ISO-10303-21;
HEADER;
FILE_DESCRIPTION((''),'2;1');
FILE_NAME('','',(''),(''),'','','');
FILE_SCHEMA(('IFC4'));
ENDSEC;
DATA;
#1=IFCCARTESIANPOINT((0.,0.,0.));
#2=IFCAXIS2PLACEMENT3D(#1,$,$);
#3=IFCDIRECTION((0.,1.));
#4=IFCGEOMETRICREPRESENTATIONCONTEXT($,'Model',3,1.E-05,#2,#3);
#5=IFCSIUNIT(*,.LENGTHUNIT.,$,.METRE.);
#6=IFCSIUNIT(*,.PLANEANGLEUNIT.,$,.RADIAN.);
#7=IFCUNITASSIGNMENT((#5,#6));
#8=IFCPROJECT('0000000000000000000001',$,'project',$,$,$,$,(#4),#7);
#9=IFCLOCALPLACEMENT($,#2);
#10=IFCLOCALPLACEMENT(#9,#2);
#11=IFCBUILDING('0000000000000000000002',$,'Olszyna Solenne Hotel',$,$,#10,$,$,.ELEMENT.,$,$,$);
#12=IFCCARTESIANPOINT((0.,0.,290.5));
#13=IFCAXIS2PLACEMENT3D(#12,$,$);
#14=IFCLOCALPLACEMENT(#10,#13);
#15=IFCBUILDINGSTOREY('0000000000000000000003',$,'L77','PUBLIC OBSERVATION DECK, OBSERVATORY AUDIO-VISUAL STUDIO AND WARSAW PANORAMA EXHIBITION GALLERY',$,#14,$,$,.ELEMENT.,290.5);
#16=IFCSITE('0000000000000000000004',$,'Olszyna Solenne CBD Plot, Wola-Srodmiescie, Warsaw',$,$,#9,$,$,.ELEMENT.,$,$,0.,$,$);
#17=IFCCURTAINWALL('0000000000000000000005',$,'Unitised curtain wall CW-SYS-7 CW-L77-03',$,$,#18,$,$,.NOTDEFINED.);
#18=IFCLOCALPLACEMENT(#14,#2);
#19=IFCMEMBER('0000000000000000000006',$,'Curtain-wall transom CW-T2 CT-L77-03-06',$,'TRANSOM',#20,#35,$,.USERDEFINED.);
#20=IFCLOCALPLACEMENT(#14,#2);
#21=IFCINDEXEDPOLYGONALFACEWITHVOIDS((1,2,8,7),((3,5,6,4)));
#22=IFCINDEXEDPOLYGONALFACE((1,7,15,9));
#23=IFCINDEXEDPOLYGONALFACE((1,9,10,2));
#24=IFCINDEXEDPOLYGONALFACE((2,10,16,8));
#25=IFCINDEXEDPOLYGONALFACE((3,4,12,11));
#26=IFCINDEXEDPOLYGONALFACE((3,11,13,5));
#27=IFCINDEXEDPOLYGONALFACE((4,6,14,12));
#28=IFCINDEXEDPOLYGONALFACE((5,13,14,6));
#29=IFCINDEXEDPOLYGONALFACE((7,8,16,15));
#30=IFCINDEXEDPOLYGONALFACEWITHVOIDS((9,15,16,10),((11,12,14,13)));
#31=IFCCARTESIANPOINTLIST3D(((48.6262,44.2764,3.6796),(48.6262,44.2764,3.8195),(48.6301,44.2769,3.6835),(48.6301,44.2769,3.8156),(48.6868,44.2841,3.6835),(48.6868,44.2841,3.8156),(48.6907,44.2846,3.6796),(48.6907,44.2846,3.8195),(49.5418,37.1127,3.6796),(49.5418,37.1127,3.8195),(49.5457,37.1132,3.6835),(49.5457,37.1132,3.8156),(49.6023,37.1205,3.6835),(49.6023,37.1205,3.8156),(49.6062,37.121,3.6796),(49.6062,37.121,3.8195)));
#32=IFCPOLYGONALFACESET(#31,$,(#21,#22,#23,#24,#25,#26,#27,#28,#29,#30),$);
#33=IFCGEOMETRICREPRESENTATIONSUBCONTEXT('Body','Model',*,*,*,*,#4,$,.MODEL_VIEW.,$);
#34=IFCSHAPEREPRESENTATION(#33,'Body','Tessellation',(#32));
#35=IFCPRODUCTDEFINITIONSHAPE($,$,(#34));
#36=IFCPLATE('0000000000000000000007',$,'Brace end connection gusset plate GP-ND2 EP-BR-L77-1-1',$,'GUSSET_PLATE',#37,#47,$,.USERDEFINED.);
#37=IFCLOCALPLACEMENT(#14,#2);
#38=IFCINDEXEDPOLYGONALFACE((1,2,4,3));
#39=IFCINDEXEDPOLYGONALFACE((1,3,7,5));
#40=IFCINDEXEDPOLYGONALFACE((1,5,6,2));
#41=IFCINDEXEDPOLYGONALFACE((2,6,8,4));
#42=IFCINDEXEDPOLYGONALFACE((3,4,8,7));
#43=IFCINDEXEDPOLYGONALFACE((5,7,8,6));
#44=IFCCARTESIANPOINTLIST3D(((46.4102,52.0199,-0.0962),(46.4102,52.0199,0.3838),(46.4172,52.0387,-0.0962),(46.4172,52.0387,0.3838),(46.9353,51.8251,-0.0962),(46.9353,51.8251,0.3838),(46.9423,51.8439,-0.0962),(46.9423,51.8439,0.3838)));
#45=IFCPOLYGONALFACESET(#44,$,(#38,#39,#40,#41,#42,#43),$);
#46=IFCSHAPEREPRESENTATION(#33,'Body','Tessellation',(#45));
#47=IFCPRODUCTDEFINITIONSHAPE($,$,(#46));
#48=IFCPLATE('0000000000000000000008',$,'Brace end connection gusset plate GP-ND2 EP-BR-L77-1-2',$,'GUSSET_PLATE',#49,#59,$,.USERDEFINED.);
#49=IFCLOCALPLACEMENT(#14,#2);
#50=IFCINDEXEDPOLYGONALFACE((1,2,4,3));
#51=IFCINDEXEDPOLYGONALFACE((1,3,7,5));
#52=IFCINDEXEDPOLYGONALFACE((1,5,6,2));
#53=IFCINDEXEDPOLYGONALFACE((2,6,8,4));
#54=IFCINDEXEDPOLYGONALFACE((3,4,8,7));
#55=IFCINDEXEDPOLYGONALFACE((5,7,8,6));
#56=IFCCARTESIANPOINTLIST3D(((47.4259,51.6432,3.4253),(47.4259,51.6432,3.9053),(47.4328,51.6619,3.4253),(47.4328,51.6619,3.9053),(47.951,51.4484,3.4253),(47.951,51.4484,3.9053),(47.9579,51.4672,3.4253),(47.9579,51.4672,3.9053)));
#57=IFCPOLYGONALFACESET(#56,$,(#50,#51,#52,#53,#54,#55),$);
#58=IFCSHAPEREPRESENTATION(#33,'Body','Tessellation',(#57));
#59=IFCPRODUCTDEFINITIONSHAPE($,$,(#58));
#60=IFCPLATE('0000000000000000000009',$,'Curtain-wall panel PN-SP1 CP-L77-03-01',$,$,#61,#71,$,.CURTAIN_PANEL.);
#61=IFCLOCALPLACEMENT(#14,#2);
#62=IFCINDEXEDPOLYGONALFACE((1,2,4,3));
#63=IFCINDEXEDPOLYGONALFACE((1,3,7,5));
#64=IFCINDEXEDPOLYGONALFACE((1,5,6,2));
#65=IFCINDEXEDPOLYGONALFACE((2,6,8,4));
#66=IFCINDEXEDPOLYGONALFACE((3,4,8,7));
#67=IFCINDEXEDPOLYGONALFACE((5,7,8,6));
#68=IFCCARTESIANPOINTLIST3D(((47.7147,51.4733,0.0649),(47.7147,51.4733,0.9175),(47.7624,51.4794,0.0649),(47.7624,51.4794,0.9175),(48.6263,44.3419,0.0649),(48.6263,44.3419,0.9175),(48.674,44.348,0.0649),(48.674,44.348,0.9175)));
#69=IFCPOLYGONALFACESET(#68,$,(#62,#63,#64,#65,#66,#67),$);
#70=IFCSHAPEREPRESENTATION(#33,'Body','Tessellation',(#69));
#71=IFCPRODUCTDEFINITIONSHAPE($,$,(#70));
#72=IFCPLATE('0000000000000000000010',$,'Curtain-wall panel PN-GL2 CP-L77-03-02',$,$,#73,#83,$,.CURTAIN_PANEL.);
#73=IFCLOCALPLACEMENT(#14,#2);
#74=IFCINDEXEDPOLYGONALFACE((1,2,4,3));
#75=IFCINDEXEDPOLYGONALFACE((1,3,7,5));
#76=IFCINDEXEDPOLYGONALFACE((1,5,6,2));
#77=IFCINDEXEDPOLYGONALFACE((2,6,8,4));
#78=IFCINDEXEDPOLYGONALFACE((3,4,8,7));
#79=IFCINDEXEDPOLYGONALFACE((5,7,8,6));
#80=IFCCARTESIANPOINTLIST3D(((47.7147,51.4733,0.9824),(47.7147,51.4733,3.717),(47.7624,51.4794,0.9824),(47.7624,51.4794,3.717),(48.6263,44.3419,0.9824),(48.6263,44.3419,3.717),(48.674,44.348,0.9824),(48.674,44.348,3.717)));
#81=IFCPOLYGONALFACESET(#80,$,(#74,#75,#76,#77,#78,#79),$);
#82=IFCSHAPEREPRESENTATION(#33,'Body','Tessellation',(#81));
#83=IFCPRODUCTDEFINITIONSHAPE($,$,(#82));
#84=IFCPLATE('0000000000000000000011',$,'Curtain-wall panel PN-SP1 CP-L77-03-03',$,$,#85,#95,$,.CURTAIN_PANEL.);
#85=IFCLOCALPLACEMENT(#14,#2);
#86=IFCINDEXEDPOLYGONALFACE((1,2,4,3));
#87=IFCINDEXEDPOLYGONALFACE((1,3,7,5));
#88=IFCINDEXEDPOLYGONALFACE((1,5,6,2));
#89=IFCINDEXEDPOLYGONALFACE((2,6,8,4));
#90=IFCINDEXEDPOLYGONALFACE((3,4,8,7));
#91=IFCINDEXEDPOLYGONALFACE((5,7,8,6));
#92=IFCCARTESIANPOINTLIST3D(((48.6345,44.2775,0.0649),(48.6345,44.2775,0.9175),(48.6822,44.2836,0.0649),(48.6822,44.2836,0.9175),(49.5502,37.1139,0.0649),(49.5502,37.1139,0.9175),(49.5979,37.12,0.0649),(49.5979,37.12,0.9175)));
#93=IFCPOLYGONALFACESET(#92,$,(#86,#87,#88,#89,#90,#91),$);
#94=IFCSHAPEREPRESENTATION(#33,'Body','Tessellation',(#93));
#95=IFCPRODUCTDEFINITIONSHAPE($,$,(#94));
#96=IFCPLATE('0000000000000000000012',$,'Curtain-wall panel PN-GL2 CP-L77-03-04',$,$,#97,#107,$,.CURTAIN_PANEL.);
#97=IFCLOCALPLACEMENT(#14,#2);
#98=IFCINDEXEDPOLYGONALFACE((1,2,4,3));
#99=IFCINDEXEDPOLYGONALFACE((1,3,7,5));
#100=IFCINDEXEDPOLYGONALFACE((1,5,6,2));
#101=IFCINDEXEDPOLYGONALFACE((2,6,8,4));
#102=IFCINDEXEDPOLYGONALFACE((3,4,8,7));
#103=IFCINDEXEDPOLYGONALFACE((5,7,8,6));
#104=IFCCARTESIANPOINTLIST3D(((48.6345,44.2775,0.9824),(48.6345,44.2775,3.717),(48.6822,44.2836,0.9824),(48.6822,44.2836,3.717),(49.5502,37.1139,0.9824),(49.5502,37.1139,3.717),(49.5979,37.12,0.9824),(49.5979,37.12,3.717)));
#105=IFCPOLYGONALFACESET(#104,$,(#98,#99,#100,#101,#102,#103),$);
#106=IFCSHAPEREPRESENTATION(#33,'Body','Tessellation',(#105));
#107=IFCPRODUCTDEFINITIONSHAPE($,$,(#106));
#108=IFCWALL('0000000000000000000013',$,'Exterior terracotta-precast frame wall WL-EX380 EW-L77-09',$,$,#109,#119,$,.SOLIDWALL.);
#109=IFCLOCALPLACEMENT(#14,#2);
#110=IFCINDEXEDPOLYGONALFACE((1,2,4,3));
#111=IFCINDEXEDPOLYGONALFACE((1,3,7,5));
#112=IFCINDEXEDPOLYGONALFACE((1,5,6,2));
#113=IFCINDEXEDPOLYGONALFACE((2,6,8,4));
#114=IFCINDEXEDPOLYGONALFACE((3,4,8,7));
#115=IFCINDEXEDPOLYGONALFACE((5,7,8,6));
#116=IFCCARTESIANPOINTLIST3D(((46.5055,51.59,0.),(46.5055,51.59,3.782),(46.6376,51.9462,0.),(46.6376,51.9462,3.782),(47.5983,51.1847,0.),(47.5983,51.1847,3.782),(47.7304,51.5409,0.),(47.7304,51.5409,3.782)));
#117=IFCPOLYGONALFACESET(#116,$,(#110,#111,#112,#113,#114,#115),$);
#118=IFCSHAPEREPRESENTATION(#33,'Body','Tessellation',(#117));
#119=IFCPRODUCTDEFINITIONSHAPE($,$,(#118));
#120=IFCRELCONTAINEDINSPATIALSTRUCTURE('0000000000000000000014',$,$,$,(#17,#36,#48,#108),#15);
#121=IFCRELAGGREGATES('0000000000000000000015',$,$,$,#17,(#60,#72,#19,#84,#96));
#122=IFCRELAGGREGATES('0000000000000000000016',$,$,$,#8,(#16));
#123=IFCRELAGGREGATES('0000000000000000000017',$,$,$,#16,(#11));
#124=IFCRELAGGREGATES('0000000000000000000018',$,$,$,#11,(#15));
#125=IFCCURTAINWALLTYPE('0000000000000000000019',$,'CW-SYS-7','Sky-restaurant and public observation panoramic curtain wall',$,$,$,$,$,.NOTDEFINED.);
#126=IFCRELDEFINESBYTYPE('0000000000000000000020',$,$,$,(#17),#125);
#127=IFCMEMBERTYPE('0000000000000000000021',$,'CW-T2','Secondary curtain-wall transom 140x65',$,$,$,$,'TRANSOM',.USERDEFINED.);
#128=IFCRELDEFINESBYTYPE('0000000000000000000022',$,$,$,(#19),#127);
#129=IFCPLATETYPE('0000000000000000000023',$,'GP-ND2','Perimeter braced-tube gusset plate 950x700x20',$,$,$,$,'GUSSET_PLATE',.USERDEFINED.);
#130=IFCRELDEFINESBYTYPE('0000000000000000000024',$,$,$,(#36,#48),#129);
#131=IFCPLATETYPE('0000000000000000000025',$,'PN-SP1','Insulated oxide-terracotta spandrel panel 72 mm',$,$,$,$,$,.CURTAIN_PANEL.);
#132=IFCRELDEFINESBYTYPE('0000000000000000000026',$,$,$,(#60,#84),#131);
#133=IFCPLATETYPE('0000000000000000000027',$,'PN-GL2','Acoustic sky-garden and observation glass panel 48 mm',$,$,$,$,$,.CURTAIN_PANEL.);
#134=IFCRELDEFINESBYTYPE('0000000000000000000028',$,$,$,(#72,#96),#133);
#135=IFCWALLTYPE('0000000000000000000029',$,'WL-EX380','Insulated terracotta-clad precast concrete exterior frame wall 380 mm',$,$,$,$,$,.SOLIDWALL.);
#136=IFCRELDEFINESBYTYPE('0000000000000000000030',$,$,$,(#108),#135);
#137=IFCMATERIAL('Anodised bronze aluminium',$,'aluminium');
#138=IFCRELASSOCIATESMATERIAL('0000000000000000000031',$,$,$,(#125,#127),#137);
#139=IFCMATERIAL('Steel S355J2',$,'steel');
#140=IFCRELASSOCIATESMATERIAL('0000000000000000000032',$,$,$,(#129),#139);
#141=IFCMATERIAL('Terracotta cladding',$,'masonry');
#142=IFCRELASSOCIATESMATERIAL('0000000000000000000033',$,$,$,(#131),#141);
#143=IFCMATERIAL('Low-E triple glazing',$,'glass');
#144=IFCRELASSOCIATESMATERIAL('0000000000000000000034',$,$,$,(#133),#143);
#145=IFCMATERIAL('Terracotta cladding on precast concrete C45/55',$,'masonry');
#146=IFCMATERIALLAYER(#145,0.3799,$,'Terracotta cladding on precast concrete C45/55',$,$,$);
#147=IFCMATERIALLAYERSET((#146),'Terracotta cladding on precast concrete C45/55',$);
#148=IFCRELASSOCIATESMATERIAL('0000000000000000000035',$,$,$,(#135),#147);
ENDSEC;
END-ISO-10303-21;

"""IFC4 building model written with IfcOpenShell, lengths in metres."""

from ifc_helpers import new_model, si_unit, direction, frame, frame_2d, origin, origin_2d, place, context, subcontext, project, spatial, rectangle, hollow_rectangle, extrude, source, transform, mapped, material, layer, layer_set, material_profile, profile_set, type_object, element, aggregate, save


model = new_model("IFC4")

# Units and contexts
model_context = context("Model", 3, precision=1e-05, world=origin(), true_north=direction((0.0, 1.0)))
body_context = subcontext(model_context, "Body", "Model", "MODEL_VIEW")
ifc_project = project(units=[si_unit("LENGTHUNIT", "METRE"), si_unit("PLANEANGLEUNIT", "RADIAN")], contexts=[model_context])

# Site, building, storey
site_placement = place(None, origin())
site = spatial("IfcSite", under=ifc_project, at=site_placement, Name="Olszyna Solenne CBD Plot, Wola-Srodmiescie, Warsaw", CompositionType="ELEMENT", RefElevation=0.0)
building_placement = place(site_placement, origin())
building = spatial("IfcBuilding", under=site, at=building_placement, Name="Olszyna Solenne Hotel", CompositionType="ELEMENT")
storey_placement = place(building_placement, frame((0.0, 0.0, 290.5)))
storey = spatial("IfcBuildingStorey", under=building, at=storey_placement, Name="L77", Description="PUBLIC OBSERVATION DECK, OBSERVATORY AUDIO-VISUAL STUDIO AND WARSAW PANORAMA EXHIBITION GALLERY", CompositionType="ELEMENT", Elevation=290.5)

# Shared definitions
ifc_material_1 = material(Name="Steel S355J2", Category="steel")

# Curtain wall, member
ifc_material_2 = material(Name="Anodised bronze aluminium", Category="aluminium")
curtain_wall_type = type_object("IfcCurtainWallType", Name="CW-SYS-7", Description="Sky-restaurant and public observation panoramic curtain wall", PredefinedType="NOTDEFINED", material=ifc_material_2)
curtain_wall_placement = place(storey_placement, origin())
curtain_wall = element("IfcCurtainWall", 1, at=curtain_wall_placement, inside=storey, type_object=curtain_wall_type, Name="Unitised curtain wall CW-SYS-7 CW-L77-03", PredefinedType="NOTDEFINED")
ifc_material_profile_1 = material_profile(ifc_material_2, hollow_rectangle(XDim=0.0649, YDim=0.1399, WallThickness=0.0039, at=origin_2d()), Name="TRAN 140x65x4", Category="load-bearing")
ifc_profile_set_1 = profile_set([ifc_material_profile_1], Name="Anodised bronze aluminium")
member_type_1 = type_object("IfcMemberType", Name="CW-T2", Description="Secondary curtain-wall transom 140x65", ElementType="TRANSOM", PredefinedType="USERDEFINED", material=ifc_profile_set_1)
shared_shape_1 = source(origin(), body_context, "Body", "SweptSolid", [
    extrude(hollow_rectangle(XDim=0.0649, YDim=0.1399, WallThickness=0.0039, at=origin_2d()), origin(), (0.0, 0.0, 1.0), 7.2219),
])
member_1_placement = place(storey_placement, frame((48.6584, 44.2805, 3.7495), z_axis=(0.126772, -0.991932, 0.0), x_axis=(0.991932, 0.126772, 0.0)))
member_1 = element("IfcMember", 2, at=member_1_placement, type_object=member_type_1, Name="Curtain-wall transom CW-T2 CT-L77-03-06", ObjectType="TRANSOM", PredefinedType="USERDEFINED", context=body_context, shape_type="MappedRepresentation", body=[
    mapped(shared_shape_1, transform((0.0, 0.0, 0.0), x_axis=(1.0, 0.0, 0.0), y_axis=(0.0, 1.0, 0.0), z_axis=(0.0, 0.0, 1.0), scale=1.0)),
])

# Plates
plate_type_1 = type_object("IfcPlateType", Name="GP-ND2", Description="Perimeter braced-tube gusset plate 950x700x20", ElementType="GUSSET_PLATE", PredefinedType="USERDEFINED", material=ifc_material_1)
shared_shape_2 = source(origin(), body_context, "Body", "SweptSolid", [
    extrude(rectangle(XDim=0.5601, YDim=0.02, at=origin_2d()), origin(), (0.0, 0.0, 1.0), 0.48),
])
for number, where, z_axis, x_axis, name in (
    (3, (46.6763, 51.9319, -0.0962), (0.0, 0.0, 1.0), (0.937586, -0.347754, 0.0), "Brace end connection gusset plate GP-ND2 EP-BR-L77-1-1"),
    (4, (47.6919, 51.5552, 3.4253), (0.0, 0.0, 1.0), (0.937586, -0.347754, 0.0), "Brace end connection gusset plate GP-ND2 EP-BR-L77-1-2"),
):
    element("IfcPlate", number, at=place(storey_placement, frame(where, z_axis=z_axis, x_axis=x_axis)), inside=storey, type_object=plate_type_1, Name=name, ObjectType="GUSSET_PLATE", PredefinedType="USERDEFINED", context=body_context, shape_type="MappedRepresentation", body=[
        mapped(shared_shape_2, transform((0.0, 0.0, 0.0), x_axis=(1.0, 0.0, 0.0), y_axis=(0.0, 1.0, 0.0), z_axis=(0.0, 0.0, 1.0), scale=1.0)),
    ])

# Plates
ifc_material_3 = material(Name="Terracotta cladding", Category="masonry")
plate_type_2 = type_object("IfcPlateType", Name="PN-SP1", Description="Insulated oxide-terracotta spandrel panel 72 mm", PredefinedType="CURTAIN_PANEL", material=ifc_material_3)
shared_shape_3 = source(origin(), body_context, "Body", "SweptSolid", [
    extrude(rectangle(XDim=7.1895, YDim=0.0481, at=origin_2d()), origin(), (0.0, 0.0, 1.0), 0.8525),
])
plate_1_placement = place(storey_placement, frame((48.1943, 47.9106, 0.0649), z_axis=(0.0, 0.0, 1.0), x_axis=(0.12679, -0.99193, 0.0)))
plate_1 = element("IfcPlate", 5, at=plate_1_placement, type_object=plate_type_2, Name="Curtain-wall panel PN-SP1 CP-L77-03-01", PredefinedType="CURTAIN_PANEL", context=body_context, shape_type="MappedRepresentation", body=[
    mapped(shared_shape_3, transform((0.0, 0.0, 0.0), x_axis=(1.0, 0.0, 0.0), y_axis=(0.0, 1.0, 0.0), z_axis=(0.0, 0.0, 1.0), scale=1.0)),
])
ifc_material_4 = material(Name="Low-E triple glazing", Category="glass")
plate_type_3 = type_object("IfcPlateType", Name="PN-GL2", Description="Acoustic sky-garden and observation glass panel 48 mm", PredefinedType="CURTAIN_PANEL", material=ifc_material_4)
shared_shape_4 = source(origin(), body_context, "Body", "SweptSolid", [
    extrude(rectangle(XDim=7.1895, YDim=0.0481, at=origin_2d()), origin(), (0.0, 0.0, 1.0), 2.7346),
])
plate_2_placement = place(storey_placement, frame((48.1943, 47.9106, 0.9824), z_axis=(0.0, 0.0, 1.0), x_axis=(0.12679, -0.99193, 0.0)))
plate_2 = element("IfcPlate", 6, at=plate_2_placement, type_object=plate_type_3, Name="Curtain-wall panel PN-GL2 CP-L77-03-02", PredefinedType="CURTAIN_PANEL", context=body_context, shape_type="MappedRepresentation", body=[
    mapped(shared_shape_4, transform((0.0, 0.0, 0.0), x_axis=(1.0, 0.0, 0.0), y_axis=(0.0, 1.0, 0.0), z_axis=(0.0, 0.0, 1.0), scale=1.0)),
])
shared_shape_5 = source(origin(), body_context, "Body", "SweptSolid", [
    extrude(rectangle(XDim=7.2219, YDim=0.0481, at=origin_2d()), origin(), (0.0, 0.0, 1.0), 0.8525),
])
plate_3_placement = place(storey_placement, frame((49.1162, 40.6987, 0.0649), z_axis=(0.0, 0.0, 1.0), x_axis=(0.12679, -0.99193, 0.0)))
plate_3 = element("IfcPlate", 7, at=plate_3_placement, type_object=plate_type_2, Name="Curtain-wall panel PN-SP1 CP-L77-03-03", PredefinedType="CURTAIN_PANEL", context=body_context, shape_type="MappedRepresentation", body=[
    mapped(shared_shape_5, transform((0.0, 0.0, 0.0), x_axis=(1.0, 0.0, 0.0), y_axis=(0.0, 1.0, 0.0), z_axis=(0.0, 0.0, 1.0), scale=1.0)),
])
shared_shape_6 = source(origin(), body_context, "Body", "SweptSolid", [
    extrude(rectangle(XDim=7.2219, YDim=0.0481, at=origin_2d()), origin(), (0.0, 0.0, 1.0), 2.7346),
])
plate_4_placement = place(storey_placement, frame((49.1162, 40.6987, 0.9824), z_axis=(0.0, 0.0, 1.0), x_axis=(0.12679, -0.99193, 0.0)))
plate_4 = element("IfcPlate", 8, at=plate_4_placement, type_object=plate_type_3, Name="Curtain-wall panel PN-GL2 CP-L77-03-04", PredefinedType="CURTAIN_PANEL", context=body_context, shape_type="MappedRepresentation", body=[
    mapped(shared_shape_6, transform((0.0, 0.0, 0.0), x_axis=(1.0, 0.0, 0.0), y_axis=(0.0, 1.0, 0.0), z_axis=(0.0, 0.0, 1.0), scale=1.0)),
])
aggregate(curtain_wall, [plate_1, plate_2, member_1, plate_3, plate_4])

# Wall
ifc_material_5 = material(Name="Terracotta cladding on precast concrete C45/55", Category="masonry")
ifc_layer = layer(ifc_material_5, 0.3799, Name="Terracotta cladding on precast concrete C45/55")
ifc_layer_set = layer_set([ifc_layer], Name="Terracotta cladding on precast concrete C45/55")
wall_type = type_object("IfcWallType", Name="WL-EX380", Description="Insulated terracotta-clad precast concrete exterior frame wall 380 mm", PredefinedType="SOLIDWALL", material=ifc_layer_set)
wall_placement = place(storey_placement, frame((46.5715, 51.7681, 0.0), z_axis=(0.0, 0.0, 1.0), x_axis=(0.937597, -0.347724, 0.0)))
element("IfcWall", 9, at=wall_placement, inside=storey, type_object=wall_type, Name="Exterior terracotta-precast frame wall WL-EX380 EW-L77-09", PredefinedType="SOLIDWALL", context=body_context, shape_type="SweptSolid", body=[
    extrude(rectangle(XDim=1.1655, YDim=0.3799, at=frame_2d((0.5828, 0.0))), origin(), (0.0, 0.0, 1.0), 3.782),
])

save(model, "model.ifc")
